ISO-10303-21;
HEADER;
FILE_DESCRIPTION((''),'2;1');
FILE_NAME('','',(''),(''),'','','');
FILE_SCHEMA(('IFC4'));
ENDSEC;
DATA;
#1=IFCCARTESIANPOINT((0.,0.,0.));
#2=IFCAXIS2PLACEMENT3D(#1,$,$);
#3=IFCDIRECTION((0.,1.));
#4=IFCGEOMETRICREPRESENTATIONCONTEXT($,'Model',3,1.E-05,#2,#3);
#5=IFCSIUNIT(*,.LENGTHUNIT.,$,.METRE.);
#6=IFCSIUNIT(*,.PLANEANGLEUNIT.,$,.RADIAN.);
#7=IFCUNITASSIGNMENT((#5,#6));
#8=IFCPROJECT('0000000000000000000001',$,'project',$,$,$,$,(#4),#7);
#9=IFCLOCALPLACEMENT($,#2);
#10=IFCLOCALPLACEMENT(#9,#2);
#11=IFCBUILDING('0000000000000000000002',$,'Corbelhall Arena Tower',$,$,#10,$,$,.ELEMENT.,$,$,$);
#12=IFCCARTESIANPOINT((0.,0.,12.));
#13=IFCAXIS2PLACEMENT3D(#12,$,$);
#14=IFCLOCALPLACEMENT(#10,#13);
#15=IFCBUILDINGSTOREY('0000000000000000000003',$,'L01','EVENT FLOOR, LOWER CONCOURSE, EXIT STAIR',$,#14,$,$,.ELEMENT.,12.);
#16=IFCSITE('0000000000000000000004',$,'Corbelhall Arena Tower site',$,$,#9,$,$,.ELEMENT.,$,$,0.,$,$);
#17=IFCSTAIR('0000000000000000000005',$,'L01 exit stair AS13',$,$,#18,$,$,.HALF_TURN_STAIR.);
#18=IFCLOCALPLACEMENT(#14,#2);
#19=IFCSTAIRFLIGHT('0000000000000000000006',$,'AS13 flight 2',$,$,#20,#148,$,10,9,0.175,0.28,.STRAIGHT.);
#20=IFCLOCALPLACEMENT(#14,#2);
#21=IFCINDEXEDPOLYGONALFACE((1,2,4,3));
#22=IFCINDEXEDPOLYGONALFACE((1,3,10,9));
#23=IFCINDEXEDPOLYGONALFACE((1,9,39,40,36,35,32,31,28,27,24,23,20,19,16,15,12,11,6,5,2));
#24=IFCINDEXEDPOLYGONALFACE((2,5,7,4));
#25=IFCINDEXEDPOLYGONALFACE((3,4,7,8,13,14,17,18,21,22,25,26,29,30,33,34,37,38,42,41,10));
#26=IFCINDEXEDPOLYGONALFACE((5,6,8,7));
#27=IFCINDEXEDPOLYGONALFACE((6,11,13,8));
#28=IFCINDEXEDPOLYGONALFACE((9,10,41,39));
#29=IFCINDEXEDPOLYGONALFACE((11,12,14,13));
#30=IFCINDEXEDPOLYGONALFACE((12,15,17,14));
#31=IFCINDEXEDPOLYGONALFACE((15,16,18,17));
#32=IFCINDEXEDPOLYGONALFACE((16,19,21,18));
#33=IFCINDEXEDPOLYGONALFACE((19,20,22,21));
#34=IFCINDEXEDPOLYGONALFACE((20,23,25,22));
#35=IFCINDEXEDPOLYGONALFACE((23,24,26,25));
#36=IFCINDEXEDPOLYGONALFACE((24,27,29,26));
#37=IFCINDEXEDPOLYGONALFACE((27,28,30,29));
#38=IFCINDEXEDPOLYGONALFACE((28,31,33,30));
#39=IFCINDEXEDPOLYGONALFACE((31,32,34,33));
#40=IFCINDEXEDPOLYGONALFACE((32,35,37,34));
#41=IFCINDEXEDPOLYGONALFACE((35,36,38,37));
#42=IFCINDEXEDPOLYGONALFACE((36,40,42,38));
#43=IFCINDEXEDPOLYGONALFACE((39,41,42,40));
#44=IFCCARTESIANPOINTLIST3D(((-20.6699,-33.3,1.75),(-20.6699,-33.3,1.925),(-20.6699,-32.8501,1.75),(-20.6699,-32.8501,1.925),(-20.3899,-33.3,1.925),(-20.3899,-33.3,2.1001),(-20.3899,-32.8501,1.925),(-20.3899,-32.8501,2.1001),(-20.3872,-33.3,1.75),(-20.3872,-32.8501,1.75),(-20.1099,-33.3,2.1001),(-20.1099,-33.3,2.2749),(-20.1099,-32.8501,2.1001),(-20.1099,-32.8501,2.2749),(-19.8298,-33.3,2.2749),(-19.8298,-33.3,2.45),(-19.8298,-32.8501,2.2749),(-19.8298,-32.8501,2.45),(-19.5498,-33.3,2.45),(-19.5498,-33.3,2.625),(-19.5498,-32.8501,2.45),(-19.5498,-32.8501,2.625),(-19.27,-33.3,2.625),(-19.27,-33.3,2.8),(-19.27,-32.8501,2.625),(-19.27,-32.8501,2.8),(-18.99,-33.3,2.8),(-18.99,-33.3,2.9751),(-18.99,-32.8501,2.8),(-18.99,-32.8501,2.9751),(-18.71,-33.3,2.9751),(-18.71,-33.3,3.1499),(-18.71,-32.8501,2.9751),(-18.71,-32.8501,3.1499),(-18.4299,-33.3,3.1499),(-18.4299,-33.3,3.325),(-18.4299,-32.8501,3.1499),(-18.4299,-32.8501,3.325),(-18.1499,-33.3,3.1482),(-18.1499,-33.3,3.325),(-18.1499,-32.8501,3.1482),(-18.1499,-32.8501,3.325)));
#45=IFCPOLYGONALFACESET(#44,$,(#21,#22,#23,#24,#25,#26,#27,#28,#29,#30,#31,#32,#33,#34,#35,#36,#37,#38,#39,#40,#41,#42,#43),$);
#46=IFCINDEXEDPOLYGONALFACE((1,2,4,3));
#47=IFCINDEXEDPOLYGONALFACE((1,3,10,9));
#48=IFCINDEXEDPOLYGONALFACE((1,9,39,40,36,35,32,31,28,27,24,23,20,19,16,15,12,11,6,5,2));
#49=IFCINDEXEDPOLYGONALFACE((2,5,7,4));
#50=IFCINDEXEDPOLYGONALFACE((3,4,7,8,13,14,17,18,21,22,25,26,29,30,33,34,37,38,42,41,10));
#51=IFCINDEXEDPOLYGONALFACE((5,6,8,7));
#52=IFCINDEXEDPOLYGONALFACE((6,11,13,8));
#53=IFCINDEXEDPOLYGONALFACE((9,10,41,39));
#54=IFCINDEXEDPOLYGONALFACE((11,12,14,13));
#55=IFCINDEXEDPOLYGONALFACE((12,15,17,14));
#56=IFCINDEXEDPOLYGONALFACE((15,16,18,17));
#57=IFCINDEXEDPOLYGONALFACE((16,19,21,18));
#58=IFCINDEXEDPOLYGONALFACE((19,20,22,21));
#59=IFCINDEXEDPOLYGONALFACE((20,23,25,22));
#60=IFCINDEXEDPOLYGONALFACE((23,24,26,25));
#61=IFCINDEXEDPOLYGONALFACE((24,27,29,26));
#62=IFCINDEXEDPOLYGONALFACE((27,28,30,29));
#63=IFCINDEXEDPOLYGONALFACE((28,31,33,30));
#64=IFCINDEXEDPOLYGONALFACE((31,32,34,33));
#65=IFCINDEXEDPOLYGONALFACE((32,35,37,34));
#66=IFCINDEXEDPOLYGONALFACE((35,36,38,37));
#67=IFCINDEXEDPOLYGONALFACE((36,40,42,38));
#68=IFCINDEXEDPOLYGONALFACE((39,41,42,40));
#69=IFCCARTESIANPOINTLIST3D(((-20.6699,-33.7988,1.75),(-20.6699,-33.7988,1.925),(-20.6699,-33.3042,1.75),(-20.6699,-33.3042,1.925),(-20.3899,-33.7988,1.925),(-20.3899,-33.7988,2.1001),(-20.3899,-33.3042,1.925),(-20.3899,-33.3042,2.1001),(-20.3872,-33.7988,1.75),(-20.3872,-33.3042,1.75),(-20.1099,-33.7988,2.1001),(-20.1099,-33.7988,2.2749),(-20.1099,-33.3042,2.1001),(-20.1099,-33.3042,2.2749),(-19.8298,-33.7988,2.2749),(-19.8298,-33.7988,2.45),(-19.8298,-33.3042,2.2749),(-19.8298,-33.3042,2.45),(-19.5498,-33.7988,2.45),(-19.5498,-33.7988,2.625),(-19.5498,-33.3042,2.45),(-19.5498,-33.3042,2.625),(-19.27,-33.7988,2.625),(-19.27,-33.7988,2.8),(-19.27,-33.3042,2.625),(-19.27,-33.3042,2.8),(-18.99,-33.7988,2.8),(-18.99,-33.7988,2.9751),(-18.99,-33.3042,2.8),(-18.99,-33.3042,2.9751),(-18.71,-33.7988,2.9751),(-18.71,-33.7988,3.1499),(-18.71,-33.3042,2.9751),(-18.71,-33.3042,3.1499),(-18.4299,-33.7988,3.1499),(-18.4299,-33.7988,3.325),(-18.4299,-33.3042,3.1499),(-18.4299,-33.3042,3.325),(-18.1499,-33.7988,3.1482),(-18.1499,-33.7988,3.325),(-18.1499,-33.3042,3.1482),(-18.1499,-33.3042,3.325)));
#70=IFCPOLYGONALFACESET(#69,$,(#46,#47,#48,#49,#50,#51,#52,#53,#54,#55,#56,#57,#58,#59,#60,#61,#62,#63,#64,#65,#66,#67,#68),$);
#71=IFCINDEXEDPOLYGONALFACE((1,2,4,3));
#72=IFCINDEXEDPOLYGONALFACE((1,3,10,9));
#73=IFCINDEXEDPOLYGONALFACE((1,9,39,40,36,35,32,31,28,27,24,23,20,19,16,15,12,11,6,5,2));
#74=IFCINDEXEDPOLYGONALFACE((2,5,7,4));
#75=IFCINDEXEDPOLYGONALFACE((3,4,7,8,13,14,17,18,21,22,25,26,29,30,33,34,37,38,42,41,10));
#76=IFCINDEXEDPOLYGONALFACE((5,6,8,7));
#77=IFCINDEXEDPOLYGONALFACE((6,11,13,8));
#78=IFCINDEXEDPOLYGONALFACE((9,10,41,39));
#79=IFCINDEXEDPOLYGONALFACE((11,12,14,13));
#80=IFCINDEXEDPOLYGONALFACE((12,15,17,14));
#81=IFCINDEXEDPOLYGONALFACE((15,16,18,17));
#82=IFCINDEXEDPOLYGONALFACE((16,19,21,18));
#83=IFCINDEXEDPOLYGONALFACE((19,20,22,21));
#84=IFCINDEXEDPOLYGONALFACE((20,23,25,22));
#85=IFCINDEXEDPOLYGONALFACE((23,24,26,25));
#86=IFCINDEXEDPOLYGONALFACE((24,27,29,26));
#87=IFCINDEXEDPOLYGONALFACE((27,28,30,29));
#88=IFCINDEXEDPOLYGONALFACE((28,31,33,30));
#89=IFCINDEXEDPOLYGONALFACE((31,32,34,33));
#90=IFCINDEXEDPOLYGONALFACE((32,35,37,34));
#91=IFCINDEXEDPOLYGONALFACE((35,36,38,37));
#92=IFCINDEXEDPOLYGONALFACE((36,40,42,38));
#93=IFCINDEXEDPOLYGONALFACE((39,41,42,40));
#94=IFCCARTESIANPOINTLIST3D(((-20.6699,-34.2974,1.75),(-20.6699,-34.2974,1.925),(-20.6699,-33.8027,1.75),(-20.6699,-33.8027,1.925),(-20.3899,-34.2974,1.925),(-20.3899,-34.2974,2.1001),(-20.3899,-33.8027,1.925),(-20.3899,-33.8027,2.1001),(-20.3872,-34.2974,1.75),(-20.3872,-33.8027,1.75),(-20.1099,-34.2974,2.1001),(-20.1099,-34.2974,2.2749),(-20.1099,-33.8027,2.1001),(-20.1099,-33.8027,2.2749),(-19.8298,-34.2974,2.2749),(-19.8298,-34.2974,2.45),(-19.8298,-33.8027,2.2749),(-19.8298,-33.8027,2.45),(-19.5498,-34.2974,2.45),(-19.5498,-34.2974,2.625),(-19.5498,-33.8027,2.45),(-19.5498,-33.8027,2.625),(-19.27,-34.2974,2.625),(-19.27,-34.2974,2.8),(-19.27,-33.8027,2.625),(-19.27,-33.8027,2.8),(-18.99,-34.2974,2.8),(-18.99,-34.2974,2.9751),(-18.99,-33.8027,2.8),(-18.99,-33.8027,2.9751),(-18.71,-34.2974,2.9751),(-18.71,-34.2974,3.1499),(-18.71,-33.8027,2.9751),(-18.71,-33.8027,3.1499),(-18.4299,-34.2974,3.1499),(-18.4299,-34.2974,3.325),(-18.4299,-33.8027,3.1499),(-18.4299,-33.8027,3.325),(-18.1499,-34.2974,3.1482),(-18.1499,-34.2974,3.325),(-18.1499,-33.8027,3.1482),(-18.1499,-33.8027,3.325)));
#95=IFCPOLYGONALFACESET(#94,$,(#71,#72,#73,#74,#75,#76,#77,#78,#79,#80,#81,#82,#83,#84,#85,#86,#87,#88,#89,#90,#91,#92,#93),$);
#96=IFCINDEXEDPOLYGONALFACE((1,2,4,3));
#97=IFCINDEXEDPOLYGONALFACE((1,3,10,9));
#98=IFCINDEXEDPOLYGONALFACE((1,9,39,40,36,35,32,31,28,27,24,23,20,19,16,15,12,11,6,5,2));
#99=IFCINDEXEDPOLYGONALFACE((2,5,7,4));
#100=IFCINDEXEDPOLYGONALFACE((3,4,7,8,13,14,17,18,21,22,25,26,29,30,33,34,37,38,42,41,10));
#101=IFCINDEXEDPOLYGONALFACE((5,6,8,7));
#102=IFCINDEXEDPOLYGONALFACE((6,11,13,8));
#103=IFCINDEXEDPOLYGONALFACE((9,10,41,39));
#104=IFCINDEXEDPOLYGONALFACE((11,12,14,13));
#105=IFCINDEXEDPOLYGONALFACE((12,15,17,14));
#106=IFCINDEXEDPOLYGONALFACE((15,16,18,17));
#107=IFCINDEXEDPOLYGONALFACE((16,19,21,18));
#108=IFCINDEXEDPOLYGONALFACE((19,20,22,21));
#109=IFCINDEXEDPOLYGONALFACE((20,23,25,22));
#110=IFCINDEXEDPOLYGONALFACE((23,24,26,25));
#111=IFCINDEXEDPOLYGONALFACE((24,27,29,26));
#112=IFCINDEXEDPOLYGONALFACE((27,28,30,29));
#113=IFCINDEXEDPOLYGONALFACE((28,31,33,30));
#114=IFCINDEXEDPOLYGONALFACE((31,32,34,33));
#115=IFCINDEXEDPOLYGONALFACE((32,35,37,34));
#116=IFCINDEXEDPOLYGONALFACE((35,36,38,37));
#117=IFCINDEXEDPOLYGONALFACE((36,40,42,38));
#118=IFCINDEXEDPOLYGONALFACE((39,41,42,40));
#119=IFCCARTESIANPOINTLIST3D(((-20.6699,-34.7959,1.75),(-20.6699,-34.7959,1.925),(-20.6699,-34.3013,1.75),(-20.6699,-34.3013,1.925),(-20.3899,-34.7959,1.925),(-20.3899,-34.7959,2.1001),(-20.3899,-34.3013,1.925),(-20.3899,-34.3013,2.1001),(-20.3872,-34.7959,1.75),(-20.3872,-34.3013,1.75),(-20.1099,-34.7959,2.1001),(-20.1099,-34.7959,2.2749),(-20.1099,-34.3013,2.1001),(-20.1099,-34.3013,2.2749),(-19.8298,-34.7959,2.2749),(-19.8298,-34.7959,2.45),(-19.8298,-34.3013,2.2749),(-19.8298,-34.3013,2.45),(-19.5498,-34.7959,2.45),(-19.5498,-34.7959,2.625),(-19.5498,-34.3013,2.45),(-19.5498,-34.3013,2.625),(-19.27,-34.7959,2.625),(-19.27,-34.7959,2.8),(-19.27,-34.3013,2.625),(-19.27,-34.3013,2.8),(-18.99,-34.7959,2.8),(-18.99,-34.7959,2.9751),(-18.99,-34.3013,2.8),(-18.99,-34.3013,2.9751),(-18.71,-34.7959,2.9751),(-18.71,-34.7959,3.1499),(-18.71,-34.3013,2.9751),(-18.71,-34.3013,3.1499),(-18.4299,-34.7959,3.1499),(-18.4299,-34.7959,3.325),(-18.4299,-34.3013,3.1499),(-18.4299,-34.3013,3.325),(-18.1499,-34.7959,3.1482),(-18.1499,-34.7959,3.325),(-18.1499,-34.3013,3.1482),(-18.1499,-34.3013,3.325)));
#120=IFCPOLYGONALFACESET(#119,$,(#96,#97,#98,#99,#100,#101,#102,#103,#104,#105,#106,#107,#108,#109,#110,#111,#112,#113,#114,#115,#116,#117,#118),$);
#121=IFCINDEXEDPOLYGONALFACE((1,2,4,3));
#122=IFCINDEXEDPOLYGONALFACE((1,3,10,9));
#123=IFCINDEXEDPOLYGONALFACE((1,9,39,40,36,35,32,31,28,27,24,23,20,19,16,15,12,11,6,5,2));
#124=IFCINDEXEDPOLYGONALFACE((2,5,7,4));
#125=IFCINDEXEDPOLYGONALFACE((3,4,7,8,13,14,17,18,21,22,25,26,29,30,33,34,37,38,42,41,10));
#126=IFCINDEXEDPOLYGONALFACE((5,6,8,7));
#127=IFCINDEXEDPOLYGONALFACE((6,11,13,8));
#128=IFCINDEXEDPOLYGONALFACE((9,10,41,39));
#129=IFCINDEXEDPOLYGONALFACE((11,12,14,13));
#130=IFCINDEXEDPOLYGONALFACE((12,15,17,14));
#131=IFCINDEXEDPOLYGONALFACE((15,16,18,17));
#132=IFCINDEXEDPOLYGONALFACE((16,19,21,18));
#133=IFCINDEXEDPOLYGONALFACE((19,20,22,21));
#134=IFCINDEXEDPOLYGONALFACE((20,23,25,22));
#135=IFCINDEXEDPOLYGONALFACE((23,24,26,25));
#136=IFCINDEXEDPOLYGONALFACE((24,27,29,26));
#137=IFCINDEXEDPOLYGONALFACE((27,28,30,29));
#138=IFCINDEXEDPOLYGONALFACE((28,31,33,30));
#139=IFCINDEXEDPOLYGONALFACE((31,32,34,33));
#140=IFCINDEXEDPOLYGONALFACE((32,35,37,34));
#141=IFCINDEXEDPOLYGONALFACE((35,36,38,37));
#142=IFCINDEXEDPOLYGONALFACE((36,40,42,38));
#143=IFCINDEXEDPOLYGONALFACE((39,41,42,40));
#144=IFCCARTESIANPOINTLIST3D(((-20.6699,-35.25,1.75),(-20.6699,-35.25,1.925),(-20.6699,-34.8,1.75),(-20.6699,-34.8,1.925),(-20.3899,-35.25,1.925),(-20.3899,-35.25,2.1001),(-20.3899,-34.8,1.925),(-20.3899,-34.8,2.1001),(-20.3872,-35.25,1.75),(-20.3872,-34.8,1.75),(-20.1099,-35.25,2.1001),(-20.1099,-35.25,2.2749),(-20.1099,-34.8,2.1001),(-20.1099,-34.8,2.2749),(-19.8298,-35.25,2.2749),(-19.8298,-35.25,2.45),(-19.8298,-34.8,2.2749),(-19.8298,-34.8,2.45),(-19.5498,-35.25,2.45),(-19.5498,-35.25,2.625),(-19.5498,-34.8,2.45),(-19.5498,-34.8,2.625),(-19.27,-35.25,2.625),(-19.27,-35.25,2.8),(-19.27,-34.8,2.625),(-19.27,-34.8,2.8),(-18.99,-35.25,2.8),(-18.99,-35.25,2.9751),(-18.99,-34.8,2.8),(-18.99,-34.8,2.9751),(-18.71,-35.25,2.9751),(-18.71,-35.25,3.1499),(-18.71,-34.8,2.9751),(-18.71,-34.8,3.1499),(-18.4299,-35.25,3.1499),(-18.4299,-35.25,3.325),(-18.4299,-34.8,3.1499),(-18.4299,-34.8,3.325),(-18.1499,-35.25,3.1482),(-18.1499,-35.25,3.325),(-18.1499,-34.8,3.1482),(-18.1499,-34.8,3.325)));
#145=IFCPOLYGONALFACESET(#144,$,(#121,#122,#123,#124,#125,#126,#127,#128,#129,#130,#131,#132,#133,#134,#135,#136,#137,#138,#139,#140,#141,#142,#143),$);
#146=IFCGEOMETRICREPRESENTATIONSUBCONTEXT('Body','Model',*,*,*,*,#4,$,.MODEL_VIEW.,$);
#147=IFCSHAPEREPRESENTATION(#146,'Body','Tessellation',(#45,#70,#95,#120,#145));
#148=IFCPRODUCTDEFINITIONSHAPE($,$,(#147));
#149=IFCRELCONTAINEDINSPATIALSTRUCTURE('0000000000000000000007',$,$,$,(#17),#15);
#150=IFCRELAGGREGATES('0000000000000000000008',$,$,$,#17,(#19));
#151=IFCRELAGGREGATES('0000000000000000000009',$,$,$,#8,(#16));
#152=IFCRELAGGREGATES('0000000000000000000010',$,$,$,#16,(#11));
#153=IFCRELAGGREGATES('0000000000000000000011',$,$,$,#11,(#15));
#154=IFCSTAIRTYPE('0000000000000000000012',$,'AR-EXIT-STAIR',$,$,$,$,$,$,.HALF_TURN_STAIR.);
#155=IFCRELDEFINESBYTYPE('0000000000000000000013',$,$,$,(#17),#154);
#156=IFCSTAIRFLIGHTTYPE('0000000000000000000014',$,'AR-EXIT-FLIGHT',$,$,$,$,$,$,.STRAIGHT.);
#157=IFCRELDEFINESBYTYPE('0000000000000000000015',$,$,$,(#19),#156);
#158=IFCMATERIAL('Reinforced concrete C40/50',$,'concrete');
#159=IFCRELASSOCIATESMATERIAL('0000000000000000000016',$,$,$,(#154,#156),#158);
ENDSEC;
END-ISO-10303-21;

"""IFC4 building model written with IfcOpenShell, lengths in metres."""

from ifc_helpers import new_model, si_unit, direction, frame, origin, place, context, subcontext, project, spatial, polyline, outline, extrude, material, type_object, element, aggregate, save


model = new_model("IFC4")

# Units and contexts
model_context = context("Model", 3, precision=1e-05, world=origin(), true_north=direction((0.0, 1.0)))
body_context = subcontext(model_context, "Body", "Model", "MODEL_VIEW")
ifc_project = project(units=[si_unit("LENGTHUNIT", "METRE"), si_unit("PLANEANGLEUNIT", "RADIAN")], contexts=[model_context])

# Site, building, storey
site_placement = place(None, origin())
site = spatial("IfcSite", under=ifc_project, at=site_placement, Name="Corbelhall Arena Tower site", CompositionType="ELEMENT", RefElevation=0.0)
building_placement = place(site_placement, origin())
building = spatial("IfcBuilding", under=site, at=building_placement, Name="Corbelhall Arena Tower", CompositionType="ELEMENT")
storey_placement = place(building_placement, frame((0.0, 0.0, 12.0)))
storey = spatial("IfcBuildingStorey", under=building, at=storey_placement, Name="L01", Description="EVENT FLOOR, LOWER CONCOURSE, EXIT STAIR", CompositionType="ELEMENT", Elevation=12.0)

# Shared definitions
ifc_material_1 = material(Name="Reinforced concrete C40/50", Category="concrete")

# Stair, stair flight
stair_type = type_object("IfcStairType", Name="AR-EXIT-STAIR", PredefinedType="HALF_TURN_STAIR", material=ifc_material_1)
stair_placement = place(storey_placement, origin())
stair = element("IfcStair", 1, at=stair_placement, inside=storey, type_object=stair_type, Name="L01 exit stair AS13", PredefinedType="HALF_TURN_STAIR")
stair_flight_type = type_object("IfcStairFlightType", Name="AR-EXIT-FLIGHT", PredefinedType="STRAIGHT", material=ifc_material_1)
stair_flight_1_placement = place(storey_placement, frame((-20.6699, -34.05, 1.75), z_axis=(0.0, 0.0, 1.0), x_axis=(1.0, 0.0, 0.0)))
stair_flight_1 = element("IfcStairFlight", 2, at=stair_flight_1_placement, type_object=stair_flight_type, Name="AS13 flight 2", NumberOfRisers=10, NumberOfTreads=9, PredefinedType="STRAIGHT", RiserHeight=0.175, TreadLength=0.28, context=body_context, shape_type="SweptSolid", body=[
    extrude(outline(polyline([(0.0, 0.0), (0.0, 0.175), (0.28, 0.175), (0.28, 0.3501), (0.5601, 0.3501), (0.5601, 0.5249), (0.8401, 0.5249), (0.8401, 0.7), (1.1201, 0.7), (1.1201, 0.875), (1.3999, 0.875), (1.3999, 1.05), (1.6799, 1.05), (1.6799, 1.2251), (1.96, 1.2251), (1.96, 1.3999), (2.24, 1.3999), (2.24, 1.575), (2.52, 1.575), (2.52, 1.75), (2.52, 1.3982), (0.2827, 0.0), (0.0, 0.0)])), frame((0.0, 1.2, 0.0), z_axis=(0.0, -1.0, 0.0), x_axis=(1.0, 0.0, 0.0)), (0.0, 0.0, 1.0), 0.45),
    extrude(outline(polyline([(0.0, 0.0), (0.0, 0.175), (0.28, 0.175), (0.28, 0.3501), (0.5601, 0.3501), (0.5601, 0.5249), (0.8401, 0.5249), (0.8401, 0.7), (1.1201, 0.7), (1.1201, 0.875), (1.3999, 0.875), (1.3999, 1.05), (1.6799, 1.05), (1.6799, 1.2251), (1.96, 1.2251), (1.96, 1.3999), (2.24, 1.3999), (2.24, 1.575), (2.52, 1.575), (2.52, 1.75), (2.52, 1.3982), (0.2827, 0.0), (0.0, 0.0)])), frame((0.0, 0.7458, 0.0), z_axis=(0.0, -1.0, 0.0), x_axis=(1.0, 0.0, 0.0)), (0.0, 0.0, 1.0), 0.4946),
    extrude(outline(polyline([(0.0, 0.0), (0.0, 0.175), (0.28, 0.175), (0.28, 0.3501), (0.5601, 0.3501), (0.5601, 0.5249), (0.8401, 0.5249), (0.8401, 0.7), (1.1201, 0.7), (1.1201, 0.875), (1.3999, 0.875), (1.3999, 1.05), (1.6799, 1.05), (1.6799, 1.2251), (1.96, 1.2251), (1.96, 1.3999), (2.24, 1.3999), (2.24, 1.575), (2.52, 1.575), (2.52, 1.75), (2.52, 1.3982), (0.2827, 0.0), (0.0, 0.0)])), frame((0.0, 0.2473, 0.0), z_axis=(0.0, -1.0, 0.0), x_axis=(1.0, 0.0, 0.0)), (0.0, 0.0, 1.0), 0.4946),
    extrude(outline(polyline([(0.0, 0.0), (0.0, 0.175), (0.28, 0.175), (0.28, 0.3501), (0.5601, 0.3501), (0.5601, 0.5249), (0.8401, 0.5249), (0.8401, 0.7), (1.1201, 0.7), (1.1201, 0.875), (1.3999, 0.875), (1.3999, 1.05), (1.6799, 1.05), (1.6799, 1.2251), (1.96, 1.2251), (1.96, 1.3999), (2.24, 1.3999), (2.24, 1.575), (2.52, 1.575), (2.52, 1.75), (2.52, 1.3982), (0.2827, 0.0), (0.0, 0.0)])), frame((0.0, -0.2512, 0.0), z_axis=(0.0, -1.0, 0.0), x_axis=(1.0, 0.0, 0.0)), (0.0, 0.0, 1.0), 0.4946),
    extrude(outline(polyline([(0.0, 0.0), (0.0, 0.175), (0.28, 0.175), (0.28, 0.3501), (0.5601, 0.3501), (0.5601, 0.5249), (0.8401, 0.5249), (0.8401, 0.7), (1.1201, 0.7), (1.1201, 0.875), (1.3999, 0.875), (1.3999, 1.05), (1.6799, 1.05), (1.6799, 1.2251), (1.96, 1.2251), (1.96, 1.3999), (2.24, 1.3999), (2.24, 1.575), (2.52, 1.575), (2.52, 1.75), (2.52, 1.3982), (0.2827, 0.0), (0.0, 0.0)])), frame((0.0, -0.75, 0.0), z_axis=(0.0, -1.0, 0.0), x_axis=(1.0, 0.0, 0.0)), (0.0, 0.0, 1.0), 0.45),
])
aggregate(stair, [stair_flight_1])

save(model, "model.ifc")
